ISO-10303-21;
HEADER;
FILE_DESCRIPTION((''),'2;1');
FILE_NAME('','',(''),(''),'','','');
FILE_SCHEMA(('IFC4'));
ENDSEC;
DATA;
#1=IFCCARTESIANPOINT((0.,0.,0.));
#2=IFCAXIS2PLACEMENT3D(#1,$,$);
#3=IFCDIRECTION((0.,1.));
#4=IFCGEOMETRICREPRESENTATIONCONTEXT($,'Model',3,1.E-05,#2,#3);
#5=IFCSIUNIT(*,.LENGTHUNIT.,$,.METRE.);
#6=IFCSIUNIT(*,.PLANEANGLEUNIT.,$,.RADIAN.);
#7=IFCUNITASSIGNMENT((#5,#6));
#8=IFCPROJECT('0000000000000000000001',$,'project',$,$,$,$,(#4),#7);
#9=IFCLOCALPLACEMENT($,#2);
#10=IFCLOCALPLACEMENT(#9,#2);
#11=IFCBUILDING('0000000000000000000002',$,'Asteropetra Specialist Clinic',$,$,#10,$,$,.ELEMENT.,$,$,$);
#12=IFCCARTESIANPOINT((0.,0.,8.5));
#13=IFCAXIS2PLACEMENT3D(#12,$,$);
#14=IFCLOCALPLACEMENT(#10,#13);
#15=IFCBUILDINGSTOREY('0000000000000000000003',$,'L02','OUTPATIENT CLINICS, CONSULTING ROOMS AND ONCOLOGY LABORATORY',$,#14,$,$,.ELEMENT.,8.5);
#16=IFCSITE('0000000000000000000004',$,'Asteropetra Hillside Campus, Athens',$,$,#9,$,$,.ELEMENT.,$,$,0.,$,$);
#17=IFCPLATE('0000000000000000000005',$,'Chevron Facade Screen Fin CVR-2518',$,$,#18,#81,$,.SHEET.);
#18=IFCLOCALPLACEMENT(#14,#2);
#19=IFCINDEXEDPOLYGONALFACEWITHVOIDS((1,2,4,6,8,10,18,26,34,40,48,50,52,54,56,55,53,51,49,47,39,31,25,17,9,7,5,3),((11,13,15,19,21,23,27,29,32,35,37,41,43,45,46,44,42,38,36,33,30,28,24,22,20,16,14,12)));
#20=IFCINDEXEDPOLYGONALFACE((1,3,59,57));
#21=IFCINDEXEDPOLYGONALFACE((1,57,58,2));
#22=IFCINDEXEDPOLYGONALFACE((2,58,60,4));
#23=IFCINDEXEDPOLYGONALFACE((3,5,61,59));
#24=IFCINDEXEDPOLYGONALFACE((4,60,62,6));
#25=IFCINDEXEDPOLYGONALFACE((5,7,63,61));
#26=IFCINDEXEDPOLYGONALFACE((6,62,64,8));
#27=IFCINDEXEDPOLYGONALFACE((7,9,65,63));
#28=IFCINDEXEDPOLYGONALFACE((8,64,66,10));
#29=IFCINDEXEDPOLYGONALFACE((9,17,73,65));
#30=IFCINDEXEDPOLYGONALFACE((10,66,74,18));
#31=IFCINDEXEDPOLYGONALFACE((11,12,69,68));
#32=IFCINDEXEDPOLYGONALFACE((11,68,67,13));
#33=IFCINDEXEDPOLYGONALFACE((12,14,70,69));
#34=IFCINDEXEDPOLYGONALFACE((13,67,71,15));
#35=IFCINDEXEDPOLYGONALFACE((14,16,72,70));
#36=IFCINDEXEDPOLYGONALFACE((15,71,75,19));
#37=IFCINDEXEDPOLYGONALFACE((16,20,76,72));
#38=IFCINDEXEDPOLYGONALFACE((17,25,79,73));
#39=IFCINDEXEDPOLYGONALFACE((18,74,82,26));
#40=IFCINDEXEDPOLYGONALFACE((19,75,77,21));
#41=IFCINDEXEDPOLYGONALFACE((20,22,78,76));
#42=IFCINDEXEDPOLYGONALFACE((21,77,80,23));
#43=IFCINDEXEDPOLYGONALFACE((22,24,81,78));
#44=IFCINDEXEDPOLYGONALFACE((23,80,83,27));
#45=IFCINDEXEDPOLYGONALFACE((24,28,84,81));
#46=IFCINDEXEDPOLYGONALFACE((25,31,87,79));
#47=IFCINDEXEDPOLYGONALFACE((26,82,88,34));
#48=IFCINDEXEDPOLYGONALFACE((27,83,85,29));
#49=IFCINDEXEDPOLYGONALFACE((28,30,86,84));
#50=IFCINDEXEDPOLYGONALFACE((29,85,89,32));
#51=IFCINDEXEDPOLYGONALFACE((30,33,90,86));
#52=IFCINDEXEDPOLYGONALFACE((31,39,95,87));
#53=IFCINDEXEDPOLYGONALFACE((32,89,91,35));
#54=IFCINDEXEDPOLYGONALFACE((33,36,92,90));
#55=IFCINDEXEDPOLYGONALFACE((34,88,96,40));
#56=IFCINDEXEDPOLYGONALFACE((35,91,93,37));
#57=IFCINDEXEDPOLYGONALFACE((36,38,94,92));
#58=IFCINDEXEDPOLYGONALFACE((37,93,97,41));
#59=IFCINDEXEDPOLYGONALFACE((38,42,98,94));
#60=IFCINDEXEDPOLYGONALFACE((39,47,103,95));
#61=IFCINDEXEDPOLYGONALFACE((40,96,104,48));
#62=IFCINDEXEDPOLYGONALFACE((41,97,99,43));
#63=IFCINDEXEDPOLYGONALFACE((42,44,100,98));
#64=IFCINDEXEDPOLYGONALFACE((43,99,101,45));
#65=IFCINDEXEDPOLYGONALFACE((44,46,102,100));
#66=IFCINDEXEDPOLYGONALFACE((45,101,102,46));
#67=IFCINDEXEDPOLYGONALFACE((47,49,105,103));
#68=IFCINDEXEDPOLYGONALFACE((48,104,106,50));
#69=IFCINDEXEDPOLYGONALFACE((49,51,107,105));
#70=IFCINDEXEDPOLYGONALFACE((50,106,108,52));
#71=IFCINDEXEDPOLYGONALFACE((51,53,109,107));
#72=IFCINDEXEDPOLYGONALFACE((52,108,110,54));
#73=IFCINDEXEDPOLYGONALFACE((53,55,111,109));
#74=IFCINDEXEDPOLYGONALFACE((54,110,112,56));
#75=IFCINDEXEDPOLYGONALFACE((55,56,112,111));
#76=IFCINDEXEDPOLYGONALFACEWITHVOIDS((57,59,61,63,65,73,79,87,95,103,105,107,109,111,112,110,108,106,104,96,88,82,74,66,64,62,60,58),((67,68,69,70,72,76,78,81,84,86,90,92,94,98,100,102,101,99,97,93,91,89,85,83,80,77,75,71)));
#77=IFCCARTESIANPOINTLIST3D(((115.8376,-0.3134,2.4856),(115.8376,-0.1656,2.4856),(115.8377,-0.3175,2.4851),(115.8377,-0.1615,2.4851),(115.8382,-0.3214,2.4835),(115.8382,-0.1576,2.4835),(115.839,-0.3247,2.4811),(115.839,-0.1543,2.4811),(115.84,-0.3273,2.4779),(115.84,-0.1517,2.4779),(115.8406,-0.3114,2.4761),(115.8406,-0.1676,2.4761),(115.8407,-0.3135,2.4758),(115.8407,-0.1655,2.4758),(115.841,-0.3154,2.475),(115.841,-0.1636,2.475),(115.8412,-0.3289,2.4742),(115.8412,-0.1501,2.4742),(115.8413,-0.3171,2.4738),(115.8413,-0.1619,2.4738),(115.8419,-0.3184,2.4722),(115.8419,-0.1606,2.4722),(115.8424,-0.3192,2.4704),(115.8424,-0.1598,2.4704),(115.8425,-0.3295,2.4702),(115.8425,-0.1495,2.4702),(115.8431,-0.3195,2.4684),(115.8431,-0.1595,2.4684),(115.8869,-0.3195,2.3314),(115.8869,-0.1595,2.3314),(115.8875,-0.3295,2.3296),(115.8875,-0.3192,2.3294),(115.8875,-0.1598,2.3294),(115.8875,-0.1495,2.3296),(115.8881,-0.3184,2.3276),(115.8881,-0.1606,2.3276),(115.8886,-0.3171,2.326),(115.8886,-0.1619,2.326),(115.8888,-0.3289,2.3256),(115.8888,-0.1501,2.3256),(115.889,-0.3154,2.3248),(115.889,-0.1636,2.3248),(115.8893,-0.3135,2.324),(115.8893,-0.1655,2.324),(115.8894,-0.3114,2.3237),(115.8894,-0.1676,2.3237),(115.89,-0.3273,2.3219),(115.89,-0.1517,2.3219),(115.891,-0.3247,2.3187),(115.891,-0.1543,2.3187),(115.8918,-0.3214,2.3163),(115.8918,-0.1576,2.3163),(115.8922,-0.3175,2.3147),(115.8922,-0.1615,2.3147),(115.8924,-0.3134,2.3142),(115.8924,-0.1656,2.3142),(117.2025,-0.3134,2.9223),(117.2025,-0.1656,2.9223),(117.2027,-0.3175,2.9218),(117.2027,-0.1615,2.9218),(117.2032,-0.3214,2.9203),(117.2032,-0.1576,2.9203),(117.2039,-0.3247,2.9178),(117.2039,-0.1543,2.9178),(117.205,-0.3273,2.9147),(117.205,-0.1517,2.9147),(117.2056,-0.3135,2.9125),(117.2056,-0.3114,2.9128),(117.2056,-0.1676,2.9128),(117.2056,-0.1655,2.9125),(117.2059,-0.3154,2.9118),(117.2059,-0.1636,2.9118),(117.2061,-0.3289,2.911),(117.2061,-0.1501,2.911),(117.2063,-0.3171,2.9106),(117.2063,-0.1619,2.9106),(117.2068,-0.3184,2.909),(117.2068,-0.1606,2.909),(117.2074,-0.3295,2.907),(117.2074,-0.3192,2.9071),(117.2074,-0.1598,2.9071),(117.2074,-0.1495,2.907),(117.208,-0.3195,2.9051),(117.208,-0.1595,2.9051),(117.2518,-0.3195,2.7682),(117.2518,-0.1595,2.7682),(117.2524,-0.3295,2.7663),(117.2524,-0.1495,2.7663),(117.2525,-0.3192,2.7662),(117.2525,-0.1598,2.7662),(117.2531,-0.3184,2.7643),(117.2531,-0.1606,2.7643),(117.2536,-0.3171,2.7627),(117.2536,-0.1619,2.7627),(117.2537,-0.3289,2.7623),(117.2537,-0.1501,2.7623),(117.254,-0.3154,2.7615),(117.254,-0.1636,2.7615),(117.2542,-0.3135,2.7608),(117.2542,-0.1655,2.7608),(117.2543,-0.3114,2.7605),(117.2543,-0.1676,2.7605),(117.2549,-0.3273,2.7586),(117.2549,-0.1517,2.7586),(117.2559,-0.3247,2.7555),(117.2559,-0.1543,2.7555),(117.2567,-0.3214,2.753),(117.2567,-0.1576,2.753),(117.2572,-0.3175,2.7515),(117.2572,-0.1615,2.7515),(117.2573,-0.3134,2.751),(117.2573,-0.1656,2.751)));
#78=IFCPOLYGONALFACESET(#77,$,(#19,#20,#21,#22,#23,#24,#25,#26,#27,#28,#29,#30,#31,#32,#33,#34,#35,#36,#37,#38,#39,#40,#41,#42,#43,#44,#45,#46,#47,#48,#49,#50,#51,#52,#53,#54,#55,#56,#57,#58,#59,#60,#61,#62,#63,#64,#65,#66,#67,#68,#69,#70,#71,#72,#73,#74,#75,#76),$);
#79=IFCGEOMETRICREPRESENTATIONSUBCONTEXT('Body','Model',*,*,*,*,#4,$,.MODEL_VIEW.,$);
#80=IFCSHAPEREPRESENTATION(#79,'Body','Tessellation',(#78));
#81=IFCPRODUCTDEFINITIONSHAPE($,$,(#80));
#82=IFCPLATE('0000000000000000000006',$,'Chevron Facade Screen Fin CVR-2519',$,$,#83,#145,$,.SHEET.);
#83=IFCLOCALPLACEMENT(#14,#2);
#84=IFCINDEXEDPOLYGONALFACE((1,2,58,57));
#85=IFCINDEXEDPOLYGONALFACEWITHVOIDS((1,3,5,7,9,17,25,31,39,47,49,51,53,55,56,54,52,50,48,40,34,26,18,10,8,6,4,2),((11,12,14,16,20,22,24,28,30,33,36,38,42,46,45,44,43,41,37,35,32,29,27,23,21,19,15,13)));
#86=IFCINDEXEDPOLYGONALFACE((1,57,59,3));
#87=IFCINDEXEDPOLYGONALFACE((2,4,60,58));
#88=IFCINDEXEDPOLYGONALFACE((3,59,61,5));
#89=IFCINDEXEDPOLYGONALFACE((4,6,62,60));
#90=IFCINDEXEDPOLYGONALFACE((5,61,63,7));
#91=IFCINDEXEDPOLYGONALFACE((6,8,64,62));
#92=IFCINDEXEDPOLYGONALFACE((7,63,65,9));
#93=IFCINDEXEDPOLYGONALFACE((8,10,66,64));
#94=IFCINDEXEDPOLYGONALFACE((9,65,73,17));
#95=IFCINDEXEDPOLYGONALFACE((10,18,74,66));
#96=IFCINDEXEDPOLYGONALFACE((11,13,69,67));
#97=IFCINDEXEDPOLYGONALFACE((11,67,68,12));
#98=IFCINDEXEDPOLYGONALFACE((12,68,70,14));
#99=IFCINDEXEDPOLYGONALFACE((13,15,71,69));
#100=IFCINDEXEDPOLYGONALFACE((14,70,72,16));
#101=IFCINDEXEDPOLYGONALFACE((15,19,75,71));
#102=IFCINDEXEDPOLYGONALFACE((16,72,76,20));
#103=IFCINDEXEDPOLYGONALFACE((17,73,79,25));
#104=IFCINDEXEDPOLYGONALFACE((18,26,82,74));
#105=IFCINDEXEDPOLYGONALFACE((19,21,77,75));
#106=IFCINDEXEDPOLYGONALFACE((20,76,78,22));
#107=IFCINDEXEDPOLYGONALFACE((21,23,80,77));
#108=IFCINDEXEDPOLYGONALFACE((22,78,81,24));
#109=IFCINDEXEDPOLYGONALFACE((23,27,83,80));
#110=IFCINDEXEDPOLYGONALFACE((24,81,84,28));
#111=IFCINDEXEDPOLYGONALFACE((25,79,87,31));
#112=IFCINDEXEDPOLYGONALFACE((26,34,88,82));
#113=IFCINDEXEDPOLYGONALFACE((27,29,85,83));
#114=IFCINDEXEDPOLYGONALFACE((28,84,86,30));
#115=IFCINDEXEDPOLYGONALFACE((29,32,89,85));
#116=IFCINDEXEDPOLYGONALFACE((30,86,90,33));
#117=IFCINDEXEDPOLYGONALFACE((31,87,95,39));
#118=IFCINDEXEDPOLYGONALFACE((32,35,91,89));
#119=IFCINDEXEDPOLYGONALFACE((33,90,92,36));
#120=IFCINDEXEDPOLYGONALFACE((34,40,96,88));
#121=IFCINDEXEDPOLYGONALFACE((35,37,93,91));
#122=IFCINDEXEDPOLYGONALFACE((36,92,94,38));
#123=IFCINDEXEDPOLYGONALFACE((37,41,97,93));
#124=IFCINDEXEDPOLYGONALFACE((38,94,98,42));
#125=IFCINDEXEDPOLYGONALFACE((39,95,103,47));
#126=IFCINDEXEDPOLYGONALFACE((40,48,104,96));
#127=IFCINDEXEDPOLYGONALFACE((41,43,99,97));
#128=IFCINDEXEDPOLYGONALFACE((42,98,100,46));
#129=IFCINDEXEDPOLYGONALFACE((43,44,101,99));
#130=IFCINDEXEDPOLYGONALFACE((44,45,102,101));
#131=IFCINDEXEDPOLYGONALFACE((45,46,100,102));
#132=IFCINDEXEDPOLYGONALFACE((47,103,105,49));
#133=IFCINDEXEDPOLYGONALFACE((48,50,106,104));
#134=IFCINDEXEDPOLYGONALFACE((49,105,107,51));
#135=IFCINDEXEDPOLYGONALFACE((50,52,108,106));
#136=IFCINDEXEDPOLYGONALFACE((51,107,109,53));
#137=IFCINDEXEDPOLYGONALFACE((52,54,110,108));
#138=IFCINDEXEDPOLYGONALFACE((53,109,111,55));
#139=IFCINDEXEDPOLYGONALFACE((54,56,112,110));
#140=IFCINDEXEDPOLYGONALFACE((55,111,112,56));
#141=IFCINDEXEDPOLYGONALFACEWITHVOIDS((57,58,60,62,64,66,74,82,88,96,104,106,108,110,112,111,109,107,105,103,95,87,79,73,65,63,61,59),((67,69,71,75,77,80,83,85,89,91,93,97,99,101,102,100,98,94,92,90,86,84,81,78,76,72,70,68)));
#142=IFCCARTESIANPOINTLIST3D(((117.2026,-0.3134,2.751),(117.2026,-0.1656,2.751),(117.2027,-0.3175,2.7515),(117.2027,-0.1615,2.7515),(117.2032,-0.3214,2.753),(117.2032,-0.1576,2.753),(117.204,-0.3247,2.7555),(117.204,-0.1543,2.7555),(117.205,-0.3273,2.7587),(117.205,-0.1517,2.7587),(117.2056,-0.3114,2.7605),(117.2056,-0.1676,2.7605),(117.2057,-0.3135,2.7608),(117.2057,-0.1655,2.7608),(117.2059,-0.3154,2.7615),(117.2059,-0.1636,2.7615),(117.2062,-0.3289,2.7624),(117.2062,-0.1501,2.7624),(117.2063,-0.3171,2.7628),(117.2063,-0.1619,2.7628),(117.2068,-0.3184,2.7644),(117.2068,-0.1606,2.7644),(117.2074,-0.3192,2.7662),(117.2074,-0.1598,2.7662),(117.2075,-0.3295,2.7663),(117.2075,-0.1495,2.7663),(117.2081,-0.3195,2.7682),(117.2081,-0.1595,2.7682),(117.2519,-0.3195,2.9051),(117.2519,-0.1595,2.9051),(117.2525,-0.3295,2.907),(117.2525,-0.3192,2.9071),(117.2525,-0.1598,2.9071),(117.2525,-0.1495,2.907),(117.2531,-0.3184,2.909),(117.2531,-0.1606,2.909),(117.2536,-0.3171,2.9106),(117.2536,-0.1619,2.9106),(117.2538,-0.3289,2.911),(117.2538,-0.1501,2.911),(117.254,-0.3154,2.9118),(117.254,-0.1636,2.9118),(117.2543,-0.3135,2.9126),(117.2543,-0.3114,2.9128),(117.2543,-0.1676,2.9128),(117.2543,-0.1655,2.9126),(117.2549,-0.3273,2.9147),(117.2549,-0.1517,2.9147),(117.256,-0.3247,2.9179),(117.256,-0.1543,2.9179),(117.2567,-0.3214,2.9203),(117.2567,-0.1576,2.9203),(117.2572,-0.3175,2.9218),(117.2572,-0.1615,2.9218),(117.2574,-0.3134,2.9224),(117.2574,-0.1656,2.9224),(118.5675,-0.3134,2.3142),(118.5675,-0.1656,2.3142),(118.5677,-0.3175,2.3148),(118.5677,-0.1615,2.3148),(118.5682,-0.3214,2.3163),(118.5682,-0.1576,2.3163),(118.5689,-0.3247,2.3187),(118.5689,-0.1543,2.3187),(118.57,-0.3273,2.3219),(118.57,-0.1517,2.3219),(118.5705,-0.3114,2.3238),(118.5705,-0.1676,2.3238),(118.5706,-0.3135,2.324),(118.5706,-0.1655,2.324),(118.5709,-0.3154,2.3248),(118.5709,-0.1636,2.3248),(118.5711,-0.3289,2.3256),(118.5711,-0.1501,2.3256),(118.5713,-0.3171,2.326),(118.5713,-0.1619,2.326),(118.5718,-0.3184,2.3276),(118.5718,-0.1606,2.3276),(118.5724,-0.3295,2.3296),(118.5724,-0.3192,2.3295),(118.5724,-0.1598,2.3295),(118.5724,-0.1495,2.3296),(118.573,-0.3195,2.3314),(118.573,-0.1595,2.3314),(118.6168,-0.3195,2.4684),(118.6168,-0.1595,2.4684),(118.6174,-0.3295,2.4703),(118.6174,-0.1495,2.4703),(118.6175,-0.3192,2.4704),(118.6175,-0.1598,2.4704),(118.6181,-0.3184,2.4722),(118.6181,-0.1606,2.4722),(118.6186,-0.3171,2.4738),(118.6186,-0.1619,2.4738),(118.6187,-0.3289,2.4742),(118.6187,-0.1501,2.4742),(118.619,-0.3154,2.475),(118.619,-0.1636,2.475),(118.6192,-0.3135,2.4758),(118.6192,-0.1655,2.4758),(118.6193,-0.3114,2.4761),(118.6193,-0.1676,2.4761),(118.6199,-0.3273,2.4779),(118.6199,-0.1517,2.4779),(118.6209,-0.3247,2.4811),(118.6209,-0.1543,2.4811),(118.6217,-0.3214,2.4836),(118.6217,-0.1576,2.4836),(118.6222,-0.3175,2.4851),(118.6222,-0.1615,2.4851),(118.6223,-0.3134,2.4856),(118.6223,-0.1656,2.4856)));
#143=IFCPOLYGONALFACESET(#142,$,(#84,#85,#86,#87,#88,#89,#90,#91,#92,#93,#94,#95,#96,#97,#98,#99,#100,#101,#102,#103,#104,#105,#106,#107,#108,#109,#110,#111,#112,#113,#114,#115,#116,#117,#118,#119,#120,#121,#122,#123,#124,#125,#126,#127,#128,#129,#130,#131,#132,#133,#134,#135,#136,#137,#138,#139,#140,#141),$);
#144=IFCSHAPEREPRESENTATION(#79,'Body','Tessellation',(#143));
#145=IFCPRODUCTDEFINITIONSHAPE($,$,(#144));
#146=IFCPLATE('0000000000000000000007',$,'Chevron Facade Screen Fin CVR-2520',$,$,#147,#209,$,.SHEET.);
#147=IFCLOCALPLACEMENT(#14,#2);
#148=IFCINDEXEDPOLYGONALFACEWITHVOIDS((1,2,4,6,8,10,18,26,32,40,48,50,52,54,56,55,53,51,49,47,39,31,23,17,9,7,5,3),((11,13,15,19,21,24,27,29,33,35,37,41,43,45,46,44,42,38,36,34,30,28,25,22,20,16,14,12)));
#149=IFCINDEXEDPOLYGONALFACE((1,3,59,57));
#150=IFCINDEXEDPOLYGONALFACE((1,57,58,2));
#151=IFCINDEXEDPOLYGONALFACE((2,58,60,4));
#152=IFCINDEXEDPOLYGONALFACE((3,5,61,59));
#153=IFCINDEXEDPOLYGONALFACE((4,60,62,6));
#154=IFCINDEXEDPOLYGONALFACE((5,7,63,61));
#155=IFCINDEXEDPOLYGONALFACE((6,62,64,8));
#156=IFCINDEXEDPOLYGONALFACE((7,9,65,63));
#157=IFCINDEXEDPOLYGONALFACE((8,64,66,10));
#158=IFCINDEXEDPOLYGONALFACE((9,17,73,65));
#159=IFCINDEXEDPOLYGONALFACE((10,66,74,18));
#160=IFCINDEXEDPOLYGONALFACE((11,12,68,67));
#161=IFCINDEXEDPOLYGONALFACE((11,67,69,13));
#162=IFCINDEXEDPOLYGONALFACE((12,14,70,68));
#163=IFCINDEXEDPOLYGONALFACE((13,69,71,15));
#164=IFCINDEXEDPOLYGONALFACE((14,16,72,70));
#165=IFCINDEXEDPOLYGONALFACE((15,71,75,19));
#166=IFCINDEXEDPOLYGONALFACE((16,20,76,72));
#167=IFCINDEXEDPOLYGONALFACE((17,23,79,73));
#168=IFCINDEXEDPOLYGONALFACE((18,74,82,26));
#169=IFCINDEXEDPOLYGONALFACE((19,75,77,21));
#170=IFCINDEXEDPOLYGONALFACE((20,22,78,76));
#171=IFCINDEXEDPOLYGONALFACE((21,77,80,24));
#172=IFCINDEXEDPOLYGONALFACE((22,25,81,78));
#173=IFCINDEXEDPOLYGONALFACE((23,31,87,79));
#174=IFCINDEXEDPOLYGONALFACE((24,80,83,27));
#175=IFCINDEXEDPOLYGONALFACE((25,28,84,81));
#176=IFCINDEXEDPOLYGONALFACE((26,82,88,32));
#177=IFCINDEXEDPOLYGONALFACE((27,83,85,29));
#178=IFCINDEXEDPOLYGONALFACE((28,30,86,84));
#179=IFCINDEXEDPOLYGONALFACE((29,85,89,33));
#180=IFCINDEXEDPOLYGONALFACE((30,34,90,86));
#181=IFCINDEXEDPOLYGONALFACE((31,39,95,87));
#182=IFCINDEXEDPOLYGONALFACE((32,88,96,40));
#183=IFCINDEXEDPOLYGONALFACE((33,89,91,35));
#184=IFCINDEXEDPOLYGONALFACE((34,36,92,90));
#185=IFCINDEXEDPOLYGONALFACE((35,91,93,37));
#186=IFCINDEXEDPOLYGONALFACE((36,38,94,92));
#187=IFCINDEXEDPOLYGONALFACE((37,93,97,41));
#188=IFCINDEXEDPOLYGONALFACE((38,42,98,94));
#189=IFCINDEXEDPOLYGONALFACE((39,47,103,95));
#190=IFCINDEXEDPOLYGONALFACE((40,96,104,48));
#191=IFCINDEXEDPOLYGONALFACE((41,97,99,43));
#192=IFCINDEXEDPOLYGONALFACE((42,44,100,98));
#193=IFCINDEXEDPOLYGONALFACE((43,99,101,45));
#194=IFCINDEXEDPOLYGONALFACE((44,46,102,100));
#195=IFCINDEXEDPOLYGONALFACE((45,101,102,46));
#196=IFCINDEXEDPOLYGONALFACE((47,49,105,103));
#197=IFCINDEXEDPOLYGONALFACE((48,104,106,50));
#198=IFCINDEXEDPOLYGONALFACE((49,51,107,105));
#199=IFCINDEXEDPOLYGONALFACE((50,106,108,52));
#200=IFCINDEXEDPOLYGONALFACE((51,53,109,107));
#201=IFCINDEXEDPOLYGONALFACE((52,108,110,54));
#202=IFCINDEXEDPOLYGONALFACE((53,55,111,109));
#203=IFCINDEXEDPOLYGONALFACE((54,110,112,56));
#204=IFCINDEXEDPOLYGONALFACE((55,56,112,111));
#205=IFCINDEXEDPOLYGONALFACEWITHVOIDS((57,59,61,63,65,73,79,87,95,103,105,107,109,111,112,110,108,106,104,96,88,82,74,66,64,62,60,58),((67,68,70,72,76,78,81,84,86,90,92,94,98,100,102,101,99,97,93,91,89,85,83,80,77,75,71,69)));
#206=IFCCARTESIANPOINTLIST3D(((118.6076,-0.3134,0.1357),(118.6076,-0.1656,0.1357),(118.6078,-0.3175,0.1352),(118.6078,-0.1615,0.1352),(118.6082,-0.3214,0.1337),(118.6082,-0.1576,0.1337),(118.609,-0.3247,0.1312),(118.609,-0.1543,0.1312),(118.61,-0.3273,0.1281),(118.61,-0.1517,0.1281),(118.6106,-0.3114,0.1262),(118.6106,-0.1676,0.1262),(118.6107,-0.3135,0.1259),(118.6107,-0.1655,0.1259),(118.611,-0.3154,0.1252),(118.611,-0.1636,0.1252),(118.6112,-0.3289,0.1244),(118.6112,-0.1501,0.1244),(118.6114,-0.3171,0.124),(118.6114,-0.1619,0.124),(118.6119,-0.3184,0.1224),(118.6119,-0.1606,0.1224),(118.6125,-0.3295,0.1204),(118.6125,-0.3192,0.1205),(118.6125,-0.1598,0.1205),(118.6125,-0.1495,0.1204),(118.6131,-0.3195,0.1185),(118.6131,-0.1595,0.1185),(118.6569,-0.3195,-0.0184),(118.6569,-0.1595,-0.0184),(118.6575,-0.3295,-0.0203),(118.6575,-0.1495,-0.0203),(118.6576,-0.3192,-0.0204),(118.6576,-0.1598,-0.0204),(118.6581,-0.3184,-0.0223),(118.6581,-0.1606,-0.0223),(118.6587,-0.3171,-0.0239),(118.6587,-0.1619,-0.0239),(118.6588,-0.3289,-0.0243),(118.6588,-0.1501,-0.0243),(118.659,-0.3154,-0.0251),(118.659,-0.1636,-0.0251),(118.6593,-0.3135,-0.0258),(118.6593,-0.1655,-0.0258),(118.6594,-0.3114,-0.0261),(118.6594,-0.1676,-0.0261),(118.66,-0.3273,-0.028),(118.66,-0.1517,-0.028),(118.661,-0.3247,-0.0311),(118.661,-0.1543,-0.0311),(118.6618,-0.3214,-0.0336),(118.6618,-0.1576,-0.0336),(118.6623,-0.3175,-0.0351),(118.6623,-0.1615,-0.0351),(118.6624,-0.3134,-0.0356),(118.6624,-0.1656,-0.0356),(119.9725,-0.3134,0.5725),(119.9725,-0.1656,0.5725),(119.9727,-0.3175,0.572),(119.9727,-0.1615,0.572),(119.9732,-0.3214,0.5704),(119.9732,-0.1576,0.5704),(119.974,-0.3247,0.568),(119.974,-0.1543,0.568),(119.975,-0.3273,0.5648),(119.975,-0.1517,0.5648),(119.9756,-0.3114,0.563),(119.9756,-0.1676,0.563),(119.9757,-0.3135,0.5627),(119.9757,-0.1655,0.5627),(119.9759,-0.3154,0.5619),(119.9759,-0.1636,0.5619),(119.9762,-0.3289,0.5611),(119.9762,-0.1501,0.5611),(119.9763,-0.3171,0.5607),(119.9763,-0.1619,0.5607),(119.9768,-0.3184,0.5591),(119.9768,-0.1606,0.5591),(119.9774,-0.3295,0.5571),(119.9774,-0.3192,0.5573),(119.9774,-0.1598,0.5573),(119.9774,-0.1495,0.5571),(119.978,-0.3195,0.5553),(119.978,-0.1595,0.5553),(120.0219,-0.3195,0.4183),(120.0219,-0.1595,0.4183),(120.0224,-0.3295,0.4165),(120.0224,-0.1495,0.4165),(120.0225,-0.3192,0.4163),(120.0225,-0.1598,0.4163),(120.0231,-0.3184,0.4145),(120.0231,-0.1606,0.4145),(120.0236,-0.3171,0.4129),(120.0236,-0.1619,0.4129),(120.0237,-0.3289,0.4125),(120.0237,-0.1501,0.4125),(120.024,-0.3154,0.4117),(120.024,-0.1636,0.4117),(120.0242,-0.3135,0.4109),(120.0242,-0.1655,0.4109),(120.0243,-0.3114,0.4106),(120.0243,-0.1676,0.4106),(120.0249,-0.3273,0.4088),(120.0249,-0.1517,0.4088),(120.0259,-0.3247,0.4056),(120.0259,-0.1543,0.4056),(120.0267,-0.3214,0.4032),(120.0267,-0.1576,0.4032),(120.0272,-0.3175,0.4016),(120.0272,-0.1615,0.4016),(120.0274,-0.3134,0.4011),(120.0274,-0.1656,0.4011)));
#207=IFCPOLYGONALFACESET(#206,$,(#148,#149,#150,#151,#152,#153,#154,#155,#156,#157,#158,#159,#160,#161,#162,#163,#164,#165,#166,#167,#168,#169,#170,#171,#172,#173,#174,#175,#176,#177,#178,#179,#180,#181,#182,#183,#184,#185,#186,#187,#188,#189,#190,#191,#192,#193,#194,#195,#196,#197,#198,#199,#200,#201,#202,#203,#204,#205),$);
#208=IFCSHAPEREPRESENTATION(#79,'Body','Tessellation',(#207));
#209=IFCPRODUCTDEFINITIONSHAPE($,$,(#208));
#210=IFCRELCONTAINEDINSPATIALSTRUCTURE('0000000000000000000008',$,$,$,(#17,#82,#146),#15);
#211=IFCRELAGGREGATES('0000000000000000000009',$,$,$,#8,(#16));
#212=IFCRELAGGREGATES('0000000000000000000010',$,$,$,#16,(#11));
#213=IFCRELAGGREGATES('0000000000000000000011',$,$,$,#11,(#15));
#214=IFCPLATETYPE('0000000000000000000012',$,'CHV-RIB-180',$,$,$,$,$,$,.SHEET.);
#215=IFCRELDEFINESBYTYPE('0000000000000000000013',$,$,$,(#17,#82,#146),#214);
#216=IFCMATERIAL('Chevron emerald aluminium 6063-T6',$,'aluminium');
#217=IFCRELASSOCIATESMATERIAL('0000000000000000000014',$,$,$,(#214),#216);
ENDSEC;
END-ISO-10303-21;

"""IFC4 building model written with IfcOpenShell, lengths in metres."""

from ifc_helpers import new_model, si_unit, direction, frame, origin, origin_2d, place, context, subcontext, project, spatial, hollow_rectangle, extrude, material, material_profile, profile_set, type_object, element, save


model = new_model("IFC4")

# Units and contexts
model_context = context("Model", 3, precision=1e-05, world=origin(), true_north=direction((0.0, 1.0)))
body_context = subcontext(model_context, "Body", "Model", "MODEL_VIEW")
ifc_project = project(units=[si_unit("LENGTHUNIT", "METRE"), si_unit("PLANEANGLEUNIT", "RADIAN")], contexts=[model_context])

# Site, building, storey
site_placement = place(None, origin())
site = spatial("IfcSite", under=ifc_project, at=site_placement, Name="Asteropetra Hillside Campus, Athens", CompositionType="ELEMENT", RefElevation=0.0)
building_placement = place(site_placement, origin())
building = spatial("IfcBuilding", under=site, at=building_placement, Name="Asteropetra Specialist Clinic", CompositionType="ELEMENT")
storey_placement = place(building_placement, frame((0.0, 0.0, 8.5)))
storey = spatial("IfcBuildingStorey", under=building, at=storey_placement, Name="L02", Description="OUTPATIENT CLINICS, CONSULTING ROOMS AND ONCOLOGY LABORATORY", CompositionType="ELEMENT", Elevation=8.5)

# Plates
ifc_material_1 = material(Name="Chevron emerald aluminium 6063-T6", Category="aluminium")
ifc_material_profile = material_profile(ifc_material_1, hollow_rectangle(XDim=0.1799, YDim=0.1799, WallThickness=0.01, InnerFilletRadius=0.0081, OuterFilletRadius=0.0161, at=origin_2d()), Name="SHS 180x180x10.0")
ifc_profile_set = profile_set([ifc_material_profile], Name="Chevron emerald aluminium 6063-T6")
plate_type = type_object("IfcPlateType", Name="CHV-RIB-180", PredefinedType="SHEET", material=ifc_profile_set)
for number, where, z_axis, x_axis, name in (
    (1, (115.865, -0.2395, 2.3999), (0.95243, 0.0, 0.304757), (0.0, 1.0, 0.0), "Chevron Facade Screen Fin CVR-2518"),
    (2, (117.23, -0.2395, 2.8367), (0.95243, 0.0, -0.304757), (0.0, 1.0, 0.0), "Chevron Facade Screen Fin CVR-2519"),
    (3, (118.635, -0.2395, 0.05), (0.95243, 0.0, 0.304757), (0.0, 1.0, 0.0), "Chevron Facade Screen Fin CVR-2520"),
):
    element("IfcPlate", number, at=place(storey_placement, frame(where, z_axis=z_axis, x_axis=x_axis)), inside=storey, type_object=plate_type, Name=name, PredefinedType="SHEET", context=body_context, shape_type="SweptSolid", body=[
        extrude(hollow_rectangle(XDim=0.1799, YDim=0.1799, WallThickness=0.01, InnerFilletRadius=0.0081, OuterFilletRadius=0.0161, at=origin_2d()), origin(), (0.0, 0.0, 1.0), 1.4331),
    ])

save(model, "model.ifc")
